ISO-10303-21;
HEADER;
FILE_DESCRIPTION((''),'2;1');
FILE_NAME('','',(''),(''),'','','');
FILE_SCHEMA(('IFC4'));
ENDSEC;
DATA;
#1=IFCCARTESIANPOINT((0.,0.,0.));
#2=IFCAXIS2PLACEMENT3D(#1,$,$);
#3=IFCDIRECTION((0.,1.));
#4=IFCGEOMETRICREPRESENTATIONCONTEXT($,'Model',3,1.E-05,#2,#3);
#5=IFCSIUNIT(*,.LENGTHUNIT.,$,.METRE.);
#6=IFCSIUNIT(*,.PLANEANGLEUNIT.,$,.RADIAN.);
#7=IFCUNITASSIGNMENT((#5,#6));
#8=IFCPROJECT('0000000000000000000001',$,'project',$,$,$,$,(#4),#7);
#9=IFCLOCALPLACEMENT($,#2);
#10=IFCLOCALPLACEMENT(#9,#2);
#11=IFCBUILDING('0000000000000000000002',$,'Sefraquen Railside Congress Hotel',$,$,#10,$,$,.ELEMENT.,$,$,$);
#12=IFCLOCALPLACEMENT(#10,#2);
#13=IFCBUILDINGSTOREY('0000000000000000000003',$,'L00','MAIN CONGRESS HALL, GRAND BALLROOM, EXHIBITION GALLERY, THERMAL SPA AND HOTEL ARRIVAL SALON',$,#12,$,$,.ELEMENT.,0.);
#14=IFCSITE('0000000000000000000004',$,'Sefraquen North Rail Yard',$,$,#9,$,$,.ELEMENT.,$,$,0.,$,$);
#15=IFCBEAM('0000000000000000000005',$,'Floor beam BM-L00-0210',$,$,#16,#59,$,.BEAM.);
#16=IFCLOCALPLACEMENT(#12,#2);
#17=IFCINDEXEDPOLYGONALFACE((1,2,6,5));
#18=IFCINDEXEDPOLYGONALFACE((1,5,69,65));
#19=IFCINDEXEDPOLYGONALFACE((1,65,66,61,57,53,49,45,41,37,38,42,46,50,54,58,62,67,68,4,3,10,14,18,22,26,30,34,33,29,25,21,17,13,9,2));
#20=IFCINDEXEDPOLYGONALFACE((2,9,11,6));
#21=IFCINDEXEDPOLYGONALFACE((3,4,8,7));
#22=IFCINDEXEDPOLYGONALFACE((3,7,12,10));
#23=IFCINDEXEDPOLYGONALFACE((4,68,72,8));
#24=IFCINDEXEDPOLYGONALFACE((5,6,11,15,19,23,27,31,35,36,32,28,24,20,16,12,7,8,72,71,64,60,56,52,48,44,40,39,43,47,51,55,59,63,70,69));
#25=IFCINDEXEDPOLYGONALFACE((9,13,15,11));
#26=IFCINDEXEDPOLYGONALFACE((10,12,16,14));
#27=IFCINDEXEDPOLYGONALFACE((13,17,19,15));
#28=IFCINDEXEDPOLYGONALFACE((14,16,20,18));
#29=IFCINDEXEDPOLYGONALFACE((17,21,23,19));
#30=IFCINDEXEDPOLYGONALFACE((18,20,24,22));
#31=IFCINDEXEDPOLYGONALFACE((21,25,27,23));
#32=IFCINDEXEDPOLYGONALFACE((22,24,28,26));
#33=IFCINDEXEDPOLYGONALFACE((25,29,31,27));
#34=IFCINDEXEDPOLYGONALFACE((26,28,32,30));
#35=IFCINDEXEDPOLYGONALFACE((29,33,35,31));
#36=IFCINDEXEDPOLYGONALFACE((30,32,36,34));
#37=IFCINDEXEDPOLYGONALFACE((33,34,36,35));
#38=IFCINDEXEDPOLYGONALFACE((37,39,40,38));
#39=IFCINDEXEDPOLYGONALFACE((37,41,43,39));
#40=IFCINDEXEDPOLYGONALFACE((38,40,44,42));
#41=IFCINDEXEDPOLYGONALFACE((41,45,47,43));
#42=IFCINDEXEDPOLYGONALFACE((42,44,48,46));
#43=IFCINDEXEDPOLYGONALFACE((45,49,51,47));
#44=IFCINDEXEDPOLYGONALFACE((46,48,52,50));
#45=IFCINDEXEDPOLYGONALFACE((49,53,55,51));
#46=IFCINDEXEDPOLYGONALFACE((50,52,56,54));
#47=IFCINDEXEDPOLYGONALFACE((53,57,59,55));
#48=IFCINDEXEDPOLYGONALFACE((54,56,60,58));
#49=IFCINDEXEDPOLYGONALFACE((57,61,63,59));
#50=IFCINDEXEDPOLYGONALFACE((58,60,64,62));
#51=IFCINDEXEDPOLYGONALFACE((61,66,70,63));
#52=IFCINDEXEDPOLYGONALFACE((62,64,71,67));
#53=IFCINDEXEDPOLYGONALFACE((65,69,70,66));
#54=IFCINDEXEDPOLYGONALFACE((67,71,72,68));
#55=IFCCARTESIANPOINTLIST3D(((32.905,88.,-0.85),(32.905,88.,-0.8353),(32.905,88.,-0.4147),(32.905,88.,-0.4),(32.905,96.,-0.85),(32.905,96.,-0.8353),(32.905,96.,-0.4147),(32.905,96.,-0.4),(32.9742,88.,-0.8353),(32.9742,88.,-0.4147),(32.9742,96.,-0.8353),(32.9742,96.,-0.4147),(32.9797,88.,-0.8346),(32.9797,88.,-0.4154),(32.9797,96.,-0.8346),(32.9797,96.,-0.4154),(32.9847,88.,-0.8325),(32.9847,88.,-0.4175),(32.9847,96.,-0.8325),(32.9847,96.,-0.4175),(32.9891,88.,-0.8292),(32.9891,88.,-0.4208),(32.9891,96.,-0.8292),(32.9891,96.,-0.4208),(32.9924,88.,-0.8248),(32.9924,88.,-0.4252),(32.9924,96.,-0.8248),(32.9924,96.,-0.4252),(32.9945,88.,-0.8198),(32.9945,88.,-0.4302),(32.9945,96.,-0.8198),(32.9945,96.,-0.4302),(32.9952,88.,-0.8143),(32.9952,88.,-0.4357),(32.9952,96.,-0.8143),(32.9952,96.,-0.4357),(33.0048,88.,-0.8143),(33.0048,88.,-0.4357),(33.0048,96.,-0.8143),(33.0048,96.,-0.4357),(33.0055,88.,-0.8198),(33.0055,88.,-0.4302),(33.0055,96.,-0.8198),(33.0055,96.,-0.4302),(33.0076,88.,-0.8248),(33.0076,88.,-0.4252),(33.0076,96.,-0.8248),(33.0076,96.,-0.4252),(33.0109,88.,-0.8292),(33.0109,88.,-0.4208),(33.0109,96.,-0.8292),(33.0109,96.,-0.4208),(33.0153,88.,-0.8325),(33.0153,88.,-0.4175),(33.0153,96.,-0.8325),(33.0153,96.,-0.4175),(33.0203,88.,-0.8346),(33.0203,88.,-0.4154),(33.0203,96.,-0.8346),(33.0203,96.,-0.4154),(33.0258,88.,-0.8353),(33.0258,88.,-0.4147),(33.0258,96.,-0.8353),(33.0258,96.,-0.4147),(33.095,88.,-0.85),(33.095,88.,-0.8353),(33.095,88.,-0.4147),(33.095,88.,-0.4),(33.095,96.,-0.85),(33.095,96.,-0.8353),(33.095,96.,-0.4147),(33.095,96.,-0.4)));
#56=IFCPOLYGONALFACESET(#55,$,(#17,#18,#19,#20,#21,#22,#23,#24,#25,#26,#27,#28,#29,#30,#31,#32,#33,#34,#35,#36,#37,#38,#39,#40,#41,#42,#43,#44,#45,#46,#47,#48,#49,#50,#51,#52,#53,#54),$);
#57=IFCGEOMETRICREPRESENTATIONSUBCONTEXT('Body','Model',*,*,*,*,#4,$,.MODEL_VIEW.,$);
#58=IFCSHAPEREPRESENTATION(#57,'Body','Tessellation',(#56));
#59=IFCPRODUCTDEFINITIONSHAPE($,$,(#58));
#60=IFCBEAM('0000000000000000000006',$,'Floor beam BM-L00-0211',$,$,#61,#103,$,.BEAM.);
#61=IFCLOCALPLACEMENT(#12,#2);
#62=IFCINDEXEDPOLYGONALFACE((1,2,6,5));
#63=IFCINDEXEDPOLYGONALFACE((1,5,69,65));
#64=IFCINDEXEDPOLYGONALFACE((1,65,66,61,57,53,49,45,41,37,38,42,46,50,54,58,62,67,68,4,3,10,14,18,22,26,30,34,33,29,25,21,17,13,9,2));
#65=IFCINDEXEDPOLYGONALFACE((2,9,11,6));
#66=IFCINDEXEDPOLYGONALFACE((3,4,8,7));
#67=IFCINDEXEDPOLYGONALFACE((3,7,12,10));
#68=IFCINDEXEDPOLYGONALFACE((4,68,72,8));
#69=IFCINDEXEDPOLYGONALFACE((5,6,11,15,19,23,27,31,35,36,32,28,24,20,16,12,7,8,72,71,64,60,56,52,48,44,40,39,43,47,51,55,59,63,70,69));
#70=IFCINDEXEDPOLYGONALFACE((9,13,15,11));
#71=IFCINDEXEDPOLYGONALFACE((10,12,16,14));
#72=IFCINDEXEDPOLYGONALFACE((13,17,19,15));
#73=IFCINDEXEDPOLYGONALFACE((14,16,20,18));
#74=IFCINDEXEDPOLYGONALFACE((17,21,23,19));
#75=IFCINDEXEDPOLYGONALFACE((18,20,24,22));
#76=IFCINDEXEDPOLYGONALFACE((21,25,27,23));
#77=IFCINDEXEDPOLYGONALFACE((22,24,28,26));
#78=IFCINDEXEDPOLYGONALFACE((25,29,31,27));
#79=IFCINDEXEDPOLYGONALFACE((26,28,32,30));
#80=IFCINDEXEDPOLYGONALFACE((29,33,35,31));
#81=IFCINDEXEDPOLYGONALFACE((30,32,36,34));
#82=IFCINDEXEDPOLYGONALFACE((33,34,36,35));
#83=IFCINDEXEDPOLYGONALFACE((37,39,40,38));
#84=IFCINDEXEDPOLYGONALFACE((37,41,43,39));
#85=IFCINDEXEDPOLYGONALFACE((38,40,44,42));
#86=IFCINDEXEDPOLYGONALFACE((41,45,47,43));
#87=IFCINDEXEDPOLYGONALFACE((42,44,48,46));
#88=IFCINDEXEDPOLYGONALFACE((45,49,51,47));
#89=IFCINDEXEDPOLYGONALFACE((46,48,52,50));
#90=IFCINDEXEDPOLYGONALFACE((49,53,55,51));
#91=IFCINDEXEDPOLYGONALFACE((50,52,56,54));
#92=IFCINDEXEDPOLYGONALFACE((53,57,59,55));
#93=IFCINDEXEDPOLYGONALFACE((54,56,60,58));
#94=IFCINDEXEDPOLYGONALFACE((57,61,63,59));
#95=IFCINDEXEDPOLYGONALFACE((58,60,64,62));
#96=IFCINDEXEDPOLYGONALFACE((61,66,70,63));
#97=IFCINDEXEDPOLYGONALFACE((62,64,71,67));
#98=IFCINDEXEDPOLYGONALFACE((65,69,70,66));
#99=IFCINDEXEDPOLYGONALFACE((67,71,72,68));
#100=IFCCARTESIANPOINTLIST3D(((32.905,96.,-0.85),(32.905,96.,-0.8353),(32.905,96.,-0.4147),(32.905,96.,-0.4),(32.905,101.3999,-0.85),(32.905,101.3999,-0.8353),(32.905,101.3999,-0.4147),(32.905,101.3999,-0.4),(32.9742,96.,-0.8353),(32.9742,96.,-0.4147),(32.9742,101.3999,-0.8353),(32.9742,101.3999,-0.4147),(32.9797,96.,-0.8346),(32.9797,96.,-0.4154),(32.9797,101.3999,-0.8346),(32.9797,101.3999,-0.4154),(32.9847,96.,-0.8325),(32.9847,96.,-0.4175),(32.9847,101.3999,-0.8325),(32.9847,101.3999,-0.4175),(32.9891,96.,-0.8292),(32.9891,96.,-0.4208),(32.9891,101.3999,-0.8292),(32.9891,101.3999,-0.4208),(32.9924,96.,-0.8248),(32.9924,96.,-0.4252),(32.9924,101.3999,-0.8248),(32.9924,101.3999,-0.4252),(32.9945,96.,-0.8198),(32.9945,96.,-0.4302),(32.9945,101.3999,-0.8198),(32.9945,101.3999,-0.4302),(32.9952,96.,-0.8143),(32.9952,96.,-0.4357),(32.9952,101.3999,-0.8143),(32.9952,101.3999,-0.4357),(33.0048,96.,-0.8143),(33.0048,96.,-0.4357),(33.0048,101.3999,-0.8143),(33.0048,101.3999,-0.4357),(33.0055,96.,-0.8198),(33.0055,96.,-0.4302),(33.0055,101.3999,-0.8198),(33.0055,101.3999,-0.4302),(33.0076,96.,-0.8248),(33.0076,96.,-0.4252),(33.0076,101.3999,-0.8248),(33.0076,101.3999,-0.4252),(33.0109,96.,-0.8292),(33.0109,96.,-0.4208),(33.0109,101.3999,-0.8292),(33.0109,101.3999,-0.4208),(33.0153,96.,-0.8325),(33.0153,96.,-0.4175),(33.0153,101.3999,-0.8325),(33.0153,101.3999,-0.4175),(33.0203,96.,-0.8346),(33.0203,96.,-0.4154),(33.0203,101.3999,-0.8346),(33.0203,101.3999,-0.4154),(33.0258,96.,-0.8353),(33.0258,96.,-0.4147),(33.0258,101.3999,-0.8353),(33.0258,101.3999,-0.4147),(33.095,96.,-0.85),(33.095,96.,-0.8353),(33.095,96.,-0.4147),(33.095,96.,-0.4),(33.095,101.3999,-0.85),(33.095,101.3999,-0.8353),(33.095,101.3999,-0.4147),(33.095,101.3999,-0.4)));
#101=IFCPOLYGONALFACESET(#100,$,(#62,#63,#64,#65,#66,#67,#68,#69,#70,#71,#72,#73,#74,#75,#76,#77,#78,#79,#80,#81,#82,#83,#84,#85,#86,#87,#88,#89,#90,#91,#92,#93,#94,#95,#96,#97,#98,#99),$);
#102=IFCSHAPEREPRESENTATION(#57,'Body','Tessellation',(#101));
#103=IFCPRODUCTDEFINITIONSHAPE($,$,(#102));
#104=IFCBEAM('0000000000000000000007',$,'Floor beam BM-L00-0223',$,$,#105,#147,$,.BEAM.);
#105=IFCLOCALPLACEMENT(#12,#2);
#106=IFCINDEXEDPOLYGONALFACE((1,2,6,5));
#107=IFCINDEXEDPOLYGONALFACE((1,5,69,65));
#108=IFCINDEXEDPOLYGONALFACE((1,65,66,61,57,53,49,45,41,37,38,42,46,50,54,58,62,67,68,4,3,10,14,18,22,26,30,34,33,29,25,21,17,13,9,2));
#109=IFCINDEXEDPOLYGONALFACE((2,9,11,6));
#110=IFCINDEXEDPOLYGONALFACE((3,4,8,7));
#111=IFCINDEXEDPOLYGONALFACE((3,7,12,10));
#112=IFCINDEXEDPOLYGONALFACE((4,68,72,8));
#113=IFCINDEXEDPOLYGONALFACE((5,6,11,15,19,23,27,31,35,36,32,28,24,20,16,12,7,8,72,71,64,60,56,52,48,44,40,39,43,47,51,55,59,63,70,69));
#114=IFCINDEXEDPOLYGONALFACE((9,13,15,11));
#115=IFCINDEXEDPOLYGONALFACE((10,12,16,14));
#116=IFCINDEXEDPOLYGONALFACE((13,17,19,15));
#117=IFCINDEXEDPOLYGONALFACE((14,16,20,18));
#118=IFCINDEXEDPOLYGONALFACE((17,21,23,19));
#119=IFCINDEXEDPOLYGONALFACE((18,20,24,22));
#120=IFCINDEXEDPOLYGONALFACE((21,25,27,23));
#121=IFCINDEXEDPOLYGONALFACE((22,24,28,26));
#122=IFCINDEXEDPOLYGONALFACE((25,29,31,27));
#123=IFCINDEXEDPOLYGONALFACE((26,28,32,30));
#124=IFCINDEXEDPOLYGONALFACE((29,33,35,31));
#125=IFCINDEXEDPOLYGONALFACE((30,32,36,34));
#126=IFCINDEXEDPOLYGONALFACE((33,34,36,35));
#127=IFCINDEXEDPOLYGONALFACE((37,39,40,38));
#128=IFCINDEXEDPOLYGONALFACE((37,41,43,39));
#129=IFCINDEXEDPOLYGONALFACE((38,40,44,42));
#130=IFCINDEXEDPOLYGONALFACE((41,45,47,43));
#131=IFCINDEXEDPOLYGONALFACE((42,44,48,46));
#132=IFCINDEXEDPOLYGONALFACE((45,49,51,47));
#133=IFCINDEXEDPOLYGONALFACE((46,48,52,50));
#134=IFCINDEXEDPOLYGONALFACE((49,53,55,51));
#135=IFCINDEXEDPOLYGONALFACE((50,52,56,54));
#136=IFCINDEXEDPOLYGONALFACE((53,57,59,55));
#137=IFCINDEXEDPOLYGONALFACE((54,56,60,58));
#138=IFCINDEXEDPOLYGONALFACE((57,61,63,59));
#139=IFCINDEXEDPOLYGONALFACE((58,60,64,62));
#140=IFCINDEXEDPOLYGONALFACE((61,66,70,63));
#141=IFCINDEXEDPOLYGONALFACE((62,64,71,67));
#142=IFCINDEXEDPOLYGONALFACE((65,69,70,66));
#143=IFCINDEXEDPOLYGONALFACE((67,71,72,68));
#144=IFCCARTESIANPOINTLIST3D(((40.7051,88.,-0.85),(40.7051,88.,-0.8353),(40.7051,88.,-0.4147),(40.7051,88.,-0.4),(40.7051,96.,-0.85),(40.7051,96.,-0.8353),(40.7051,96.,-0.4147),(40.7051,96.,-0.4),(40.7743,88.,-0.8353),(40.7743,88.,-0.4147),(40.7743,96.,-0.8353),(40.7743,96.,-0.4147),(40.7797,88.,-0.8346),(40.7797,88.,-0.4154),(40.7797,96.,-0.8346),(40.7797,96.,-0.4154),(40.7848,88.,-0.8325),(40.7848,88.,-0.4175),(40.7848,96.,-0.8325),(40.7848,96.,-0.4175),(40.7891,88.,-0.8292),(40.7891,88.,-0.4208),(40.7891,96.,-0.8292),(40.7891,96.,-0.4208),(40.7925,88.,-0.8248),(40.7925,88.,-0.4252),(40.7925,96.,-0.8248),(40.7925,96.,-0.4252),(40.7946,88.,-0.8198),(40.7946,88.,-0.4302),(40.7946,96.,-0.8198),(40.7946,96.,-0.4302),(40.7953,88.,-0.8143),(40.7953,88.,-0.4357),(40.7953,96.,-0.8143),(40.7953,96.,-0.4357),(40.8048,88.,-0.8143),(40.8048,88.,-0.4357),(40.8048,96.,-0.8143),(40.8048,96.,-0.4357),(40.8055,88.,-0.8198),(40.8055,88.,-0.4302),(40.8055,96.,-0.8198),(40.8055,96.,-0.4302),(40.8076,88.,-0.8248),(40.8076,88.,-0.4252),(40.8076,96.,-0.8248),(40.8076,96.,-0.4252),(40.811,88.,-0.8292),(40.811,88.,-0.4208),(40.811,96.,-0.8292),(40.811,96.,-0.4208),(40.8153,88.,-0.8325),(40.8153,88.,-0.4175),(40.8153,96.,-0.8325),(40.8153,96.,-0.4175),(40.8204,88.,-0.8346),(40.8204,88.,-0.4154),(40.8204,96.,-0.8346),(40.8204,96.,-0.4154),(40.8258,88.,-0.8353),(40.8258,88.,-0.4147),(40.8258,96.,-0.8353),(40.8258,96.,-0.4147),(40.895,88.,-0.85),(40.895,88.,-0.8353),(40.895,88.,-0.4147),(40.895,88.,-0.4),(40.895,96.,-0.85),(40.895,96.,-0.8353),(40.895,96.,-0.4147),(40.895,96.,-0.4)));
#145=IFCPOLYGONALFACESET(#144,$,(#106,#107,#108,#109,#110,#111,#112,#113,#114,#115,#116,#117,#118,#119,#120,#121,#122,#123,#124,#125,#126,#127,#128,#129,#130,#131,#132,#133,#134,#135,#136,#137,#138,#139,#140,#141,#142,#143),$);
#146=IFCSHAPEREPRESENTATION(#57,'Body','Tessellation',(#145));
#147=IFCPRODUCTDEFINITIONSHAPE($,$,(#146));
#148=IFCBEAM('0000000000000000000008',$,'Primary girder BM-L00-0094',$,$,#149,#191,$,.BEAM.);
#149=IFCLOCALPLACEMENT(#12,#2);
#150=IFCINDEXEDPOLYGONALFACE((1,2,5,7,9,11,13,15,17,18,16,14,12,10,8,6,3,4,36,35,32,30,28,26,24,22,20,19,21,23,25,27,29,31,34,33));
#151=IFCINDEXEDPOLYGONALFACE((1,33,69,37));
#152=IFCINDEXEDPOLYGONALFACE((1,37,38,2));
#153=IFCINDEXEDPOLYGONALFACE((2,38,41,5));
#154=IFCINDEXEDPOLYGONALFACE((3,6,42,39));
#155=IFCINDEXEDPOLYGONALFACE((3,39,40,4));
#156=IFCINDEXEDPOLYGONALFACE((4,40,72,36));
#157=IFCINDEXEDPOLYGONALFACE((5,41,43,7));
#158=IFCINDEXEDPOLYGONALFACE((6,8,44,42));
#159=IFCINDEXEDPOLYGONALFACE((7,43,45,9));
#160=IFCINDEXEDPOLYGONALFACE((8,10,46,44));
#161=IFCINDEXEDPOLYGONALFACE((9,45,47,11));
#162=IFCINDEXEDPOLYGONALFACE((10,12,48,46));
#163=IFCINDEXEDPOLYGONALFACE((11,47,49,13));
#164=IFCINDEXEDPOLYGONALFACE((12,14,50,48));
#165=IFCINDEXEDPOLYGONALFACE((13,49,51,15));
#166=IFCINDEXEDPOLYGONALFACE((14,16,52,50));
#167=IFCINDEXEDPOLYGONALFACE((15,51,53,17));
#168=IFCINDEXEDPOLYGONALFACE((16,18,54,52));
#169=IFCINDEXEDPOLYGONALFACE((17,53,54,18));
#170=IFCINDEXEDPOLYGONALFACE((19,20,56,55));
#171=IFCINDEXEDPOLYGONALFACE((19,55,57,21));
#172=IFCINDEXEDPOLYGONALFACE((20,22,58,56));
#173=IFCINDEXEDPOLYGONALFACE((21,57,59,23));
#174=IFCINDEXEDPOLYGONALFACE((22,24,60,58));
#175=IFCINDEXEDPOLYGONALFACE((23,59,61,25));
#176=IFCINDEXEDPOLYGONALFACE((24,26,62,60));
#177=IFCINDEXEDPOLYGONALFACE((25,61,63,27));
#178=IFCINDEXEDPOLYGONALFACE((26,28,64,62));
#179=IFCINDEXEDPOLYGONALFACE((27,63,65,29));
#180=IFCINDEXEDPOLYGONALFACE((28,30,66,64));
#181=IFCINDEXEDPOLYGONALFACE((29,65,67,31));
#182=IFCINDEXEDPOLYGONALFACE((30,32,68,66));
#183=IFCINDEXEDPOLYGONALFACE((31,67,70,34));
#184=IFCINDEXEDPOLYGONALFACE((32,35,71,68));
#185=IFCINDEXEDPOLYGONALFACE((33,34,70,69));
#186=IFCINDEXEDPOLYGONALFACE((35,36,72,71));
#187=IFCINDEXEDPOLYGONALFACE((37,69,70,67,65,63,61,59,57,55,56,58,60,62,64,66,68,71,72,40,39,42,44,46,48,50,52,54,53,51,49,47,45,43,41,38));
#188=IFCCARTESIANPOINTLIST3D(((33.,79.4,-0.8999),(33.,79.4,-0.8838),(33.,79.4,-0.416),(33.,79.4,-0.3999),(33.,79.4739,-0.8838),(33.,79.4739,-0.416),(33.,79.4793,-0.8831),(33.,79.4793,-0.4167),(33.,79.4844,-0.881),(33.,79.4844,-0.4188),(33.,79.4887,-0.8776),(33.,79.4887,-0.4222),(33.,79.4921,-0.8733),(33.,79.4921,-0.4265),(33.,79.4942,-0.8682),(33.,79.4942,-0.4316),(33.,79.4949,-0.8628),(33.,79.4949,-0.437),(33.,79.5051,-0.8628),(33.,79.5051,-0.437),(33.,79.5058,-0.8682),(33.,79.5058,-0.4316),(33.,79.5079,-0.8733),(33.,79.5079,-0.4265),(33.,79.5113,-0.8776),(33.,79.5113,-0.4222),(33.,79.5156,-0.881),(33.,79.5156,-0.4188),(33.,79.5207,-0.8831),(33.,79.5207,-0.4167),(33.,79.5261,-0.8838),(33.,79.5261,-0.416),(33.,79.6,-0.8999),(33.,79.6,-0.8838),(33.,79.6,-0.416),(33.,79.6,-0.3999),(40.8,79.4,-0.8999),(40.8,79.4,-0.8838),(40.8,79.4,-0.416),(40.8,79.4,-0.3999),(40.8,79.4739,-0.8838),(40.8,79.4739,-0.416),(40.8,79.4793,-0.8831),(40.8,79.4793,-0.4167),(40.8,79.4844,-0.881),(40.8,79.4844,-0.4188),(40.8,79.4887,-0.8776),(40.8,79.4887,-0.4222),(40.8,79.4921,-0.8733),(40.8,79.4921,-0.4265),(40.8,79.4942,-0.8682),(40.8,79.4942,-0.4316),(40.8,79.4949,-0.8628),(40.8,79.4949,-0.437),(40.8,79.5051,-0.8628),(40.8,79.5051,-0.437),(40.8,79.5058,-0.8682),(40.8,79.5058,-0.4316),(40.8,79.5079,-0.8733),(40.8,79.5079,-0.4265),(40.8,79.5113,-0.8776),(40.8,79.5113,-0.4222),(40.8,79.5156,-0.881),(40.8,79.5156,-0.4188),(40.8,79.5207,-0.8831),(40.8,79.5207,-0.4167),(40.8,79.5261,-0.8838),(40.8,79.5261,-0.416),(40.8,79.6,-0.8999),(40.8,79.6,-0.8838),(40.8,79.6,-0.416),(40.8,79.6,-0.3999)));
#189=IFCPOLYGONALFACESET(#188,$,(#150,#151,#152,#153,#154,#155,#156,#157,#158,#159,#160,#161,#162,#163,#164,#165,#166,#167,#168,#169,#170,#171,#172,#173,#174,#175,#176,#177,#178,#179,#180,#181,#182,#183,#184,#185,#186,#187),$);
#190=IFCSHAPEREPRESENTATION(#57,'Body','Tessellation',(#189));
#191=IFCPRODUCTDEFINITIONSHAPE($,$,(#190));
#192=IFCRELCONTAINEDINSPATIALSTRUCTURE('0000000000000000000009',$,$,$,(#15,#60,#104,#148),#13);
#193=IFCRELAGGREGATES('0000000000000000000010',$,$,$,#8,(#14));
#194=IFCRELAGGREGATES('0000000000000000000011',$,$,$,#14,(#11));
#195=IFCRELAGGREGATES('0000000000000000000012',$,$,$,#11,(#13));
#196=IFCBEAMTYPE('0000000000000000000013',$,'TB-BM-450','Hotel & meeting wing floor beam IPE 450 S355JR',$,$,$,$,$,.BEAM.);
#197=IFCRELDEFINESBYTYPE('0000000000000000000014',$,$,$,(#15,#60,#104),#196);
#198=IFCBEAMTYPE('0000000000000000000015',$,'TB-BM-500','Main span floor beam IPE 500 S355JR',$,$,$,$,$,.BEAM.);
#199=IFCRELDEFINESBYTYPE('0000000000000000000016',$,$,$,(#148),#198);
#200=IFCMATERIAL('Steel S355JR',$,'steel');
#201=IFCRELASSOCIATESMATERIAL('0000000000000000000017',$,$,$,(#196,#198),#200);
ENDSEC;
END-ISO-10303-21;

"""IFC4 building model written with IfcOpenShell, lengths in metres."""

from ifc_helpers import new_model, si_unit, direction, frame, origin, origin_2d, place, context, subcontext, project, spatial, i_section, extrude, material, material_profile, profile_set, type_object, element, save


model = new_model("IFC4")

# Units and contexts
model_context = context("Model", 3, precision=1e-05, world=origin(), true_north=direction((0.0, 1.0)))
body_context = subcontext(model_context, "Body", "Model", "MODEL_VIEW")
ifc_project = project(units=[si_unit("LENGTHUNIT", "METRE"), si_unit("PLANEANGLEUNIT", "RADIAN")], contexts=[model_context])

# Site, building, storey
site_placement = place(None, origin())
site = spatial("IfcSite", under=ifc_project, at=site_placement, Name="Sefraquen North Rail Yard", CompositionType="ELEMENT", RefElevation=0.0)
building_placement = place(site_placement, origin())
building = spatial("IfcBuilding", under=site, at=building_placement, Name="Sefraquen Railside Congress Hotel", CompositionType="ELEMENT")
storey_placement = place(building_placement, origin())
storey = spatial("IfcBuildingStorey", under=building, at=storey_placement, Name="L00", Description="MAIN CONGRESS HALL, GRAND BALLROOM, EXHIBITION GALLERY, THERMAL SPA AND HOTEL ARRIVAL SALON", CompositionType="ELEMENT", Elevation=0.0)

# Shared definitions
ifc_material_1 = material(Name="Steel S355JR", Category="steel")

# Beams
ifc_material_profile_1 = material_profile(ifc_material_1, i_section(OverallWidth=0.1899, OverallDepth=0.45, WebThickness=0.0095, FlangeThickness=0.0146, FilletRadius=0.021, at=origin_2d()), Name="IPE 450")
ifc_profile_set_1 = profile_set([ifc_material_profile_1], Name="Steel S355JR")
beam_type_1 = type_object("IfcBeamType", Name="TB-BM-450", Description="Hotel & meeting wing floor beam IPE 450 S355JR", PredefinedType="BEAM", material=ifc_profile_set_1)
beam_1_placement = place(storey_placement, frame((33.0, 88.0, -0.625), z_axis=(0.0, 1.0, 0.0), x_axis=(-1.0, 0.0, 0.0)))
element("IfcBeam", 1, at=beam_1_placement, inside=storey, type_object=beam_type_1, Name="Floor beam BM-L00-0210", PredefinedType="BEAM", context=body_context, shape_type="SweptSolid", body=[
    extrude(i_section(OverallWidth=0.1899, OverallDepth=0.45, WebThickness=0.0095, FlangeThickness=0.0146, FilletRadius=0.021, at=origin_2d()), origin(), (0.0, 0.0, 1.0), 8.0),
])
beam_2_placement = place(storey_placement, frame((33.0, 96.0, -0.625), z_axis=(0.0, 1.0, 0.0), x_axis=(-1.0, 0.0, 0.0)))
element("IfcBeam", 2, at=beam_2_placement, inside=storey, type_object=beam_type_1, Name="Floor beam BM-L00-0211", PredefinedType="BEAM", context=body_context, shape_type="SweptSolid", body=[
    extrude(i_section(OverallWidth=0.1899, OverallDepth=0.45, WebThickness=0.0095, FlangeThickness=0.0146, FilletRadius=0.021, at=origin_2d()), origin(), (0.0, 0.0, 1.0), 5.3999),
])
beam_3_placement = place(storey_placement, frame((40.8, 88.0, -0.625), z_axis=(0.0, 1.0, 0.0), x_axis=(-1.0, 0.0, 0.0)))
element("IfcBeam", 3, at=beam_3_placement, inside=storey, type_object=beam_type_1, Name="Floor beam BM-L00-0223", PredefinedType="BEAM", context=body_context, shape_type="SweptSolid", body=[
    extrude(i_section(OverallWidth=0.1899, OverallDepth=0.45, WebThickness=0.0095, FlangeThickness=0.0146, FilletRadius=0.021, at=origin_2d()), origin(), (0.0, 0.0, 1.0), 8.0),
])
ifc_material_profile_2 = material_profile(ifc_material_1, i_section(OverallWidth=0.2, OverallDepth=0.5, WebThickness=0.0103, FlangeThickness=0.0161, FilletRadius=0.021, at=origin_2d()), Name="IPE 500")
ifc_profile_set_2 = profile_set([ifc_material_profile_2], Name="Steel S355JR")
beam_type_2 = type_object("IfcBeamType", Name="TB-BM-500", Description="Main span floor beam IPE 500 S355JR", PredefinedType="BEAM", material=ifc_profile_set_2)
for number, where, z_axis, x_axis, name in (
    (4, (33.0, 79.5, -0.6499), (1.0, 0.0, 0.0), (0.0, 1.0, 0.0), "Primary girder BM-L00-0094"),
):
    element("IfcBeam", number, at=place(storey_placement, frame(where, z_axis=z_axis, x_axis=x_axis)), inside=storey, type_object=beam_type_2, Name=name, PredefinedType="BEAM", context=body_context, shape_type="SweptSolid", body=[
        extrude(i_section(OverallWidth=0.2, OverallDepth=0.5, WebThickness=0.0103, FlangeThickness=0.0161, FilletRadius=0.021, at=origin_2d()), origin(), (0.0, 0.0, 1.0), 7.8),
    ])

save(model, "model.ifc")
